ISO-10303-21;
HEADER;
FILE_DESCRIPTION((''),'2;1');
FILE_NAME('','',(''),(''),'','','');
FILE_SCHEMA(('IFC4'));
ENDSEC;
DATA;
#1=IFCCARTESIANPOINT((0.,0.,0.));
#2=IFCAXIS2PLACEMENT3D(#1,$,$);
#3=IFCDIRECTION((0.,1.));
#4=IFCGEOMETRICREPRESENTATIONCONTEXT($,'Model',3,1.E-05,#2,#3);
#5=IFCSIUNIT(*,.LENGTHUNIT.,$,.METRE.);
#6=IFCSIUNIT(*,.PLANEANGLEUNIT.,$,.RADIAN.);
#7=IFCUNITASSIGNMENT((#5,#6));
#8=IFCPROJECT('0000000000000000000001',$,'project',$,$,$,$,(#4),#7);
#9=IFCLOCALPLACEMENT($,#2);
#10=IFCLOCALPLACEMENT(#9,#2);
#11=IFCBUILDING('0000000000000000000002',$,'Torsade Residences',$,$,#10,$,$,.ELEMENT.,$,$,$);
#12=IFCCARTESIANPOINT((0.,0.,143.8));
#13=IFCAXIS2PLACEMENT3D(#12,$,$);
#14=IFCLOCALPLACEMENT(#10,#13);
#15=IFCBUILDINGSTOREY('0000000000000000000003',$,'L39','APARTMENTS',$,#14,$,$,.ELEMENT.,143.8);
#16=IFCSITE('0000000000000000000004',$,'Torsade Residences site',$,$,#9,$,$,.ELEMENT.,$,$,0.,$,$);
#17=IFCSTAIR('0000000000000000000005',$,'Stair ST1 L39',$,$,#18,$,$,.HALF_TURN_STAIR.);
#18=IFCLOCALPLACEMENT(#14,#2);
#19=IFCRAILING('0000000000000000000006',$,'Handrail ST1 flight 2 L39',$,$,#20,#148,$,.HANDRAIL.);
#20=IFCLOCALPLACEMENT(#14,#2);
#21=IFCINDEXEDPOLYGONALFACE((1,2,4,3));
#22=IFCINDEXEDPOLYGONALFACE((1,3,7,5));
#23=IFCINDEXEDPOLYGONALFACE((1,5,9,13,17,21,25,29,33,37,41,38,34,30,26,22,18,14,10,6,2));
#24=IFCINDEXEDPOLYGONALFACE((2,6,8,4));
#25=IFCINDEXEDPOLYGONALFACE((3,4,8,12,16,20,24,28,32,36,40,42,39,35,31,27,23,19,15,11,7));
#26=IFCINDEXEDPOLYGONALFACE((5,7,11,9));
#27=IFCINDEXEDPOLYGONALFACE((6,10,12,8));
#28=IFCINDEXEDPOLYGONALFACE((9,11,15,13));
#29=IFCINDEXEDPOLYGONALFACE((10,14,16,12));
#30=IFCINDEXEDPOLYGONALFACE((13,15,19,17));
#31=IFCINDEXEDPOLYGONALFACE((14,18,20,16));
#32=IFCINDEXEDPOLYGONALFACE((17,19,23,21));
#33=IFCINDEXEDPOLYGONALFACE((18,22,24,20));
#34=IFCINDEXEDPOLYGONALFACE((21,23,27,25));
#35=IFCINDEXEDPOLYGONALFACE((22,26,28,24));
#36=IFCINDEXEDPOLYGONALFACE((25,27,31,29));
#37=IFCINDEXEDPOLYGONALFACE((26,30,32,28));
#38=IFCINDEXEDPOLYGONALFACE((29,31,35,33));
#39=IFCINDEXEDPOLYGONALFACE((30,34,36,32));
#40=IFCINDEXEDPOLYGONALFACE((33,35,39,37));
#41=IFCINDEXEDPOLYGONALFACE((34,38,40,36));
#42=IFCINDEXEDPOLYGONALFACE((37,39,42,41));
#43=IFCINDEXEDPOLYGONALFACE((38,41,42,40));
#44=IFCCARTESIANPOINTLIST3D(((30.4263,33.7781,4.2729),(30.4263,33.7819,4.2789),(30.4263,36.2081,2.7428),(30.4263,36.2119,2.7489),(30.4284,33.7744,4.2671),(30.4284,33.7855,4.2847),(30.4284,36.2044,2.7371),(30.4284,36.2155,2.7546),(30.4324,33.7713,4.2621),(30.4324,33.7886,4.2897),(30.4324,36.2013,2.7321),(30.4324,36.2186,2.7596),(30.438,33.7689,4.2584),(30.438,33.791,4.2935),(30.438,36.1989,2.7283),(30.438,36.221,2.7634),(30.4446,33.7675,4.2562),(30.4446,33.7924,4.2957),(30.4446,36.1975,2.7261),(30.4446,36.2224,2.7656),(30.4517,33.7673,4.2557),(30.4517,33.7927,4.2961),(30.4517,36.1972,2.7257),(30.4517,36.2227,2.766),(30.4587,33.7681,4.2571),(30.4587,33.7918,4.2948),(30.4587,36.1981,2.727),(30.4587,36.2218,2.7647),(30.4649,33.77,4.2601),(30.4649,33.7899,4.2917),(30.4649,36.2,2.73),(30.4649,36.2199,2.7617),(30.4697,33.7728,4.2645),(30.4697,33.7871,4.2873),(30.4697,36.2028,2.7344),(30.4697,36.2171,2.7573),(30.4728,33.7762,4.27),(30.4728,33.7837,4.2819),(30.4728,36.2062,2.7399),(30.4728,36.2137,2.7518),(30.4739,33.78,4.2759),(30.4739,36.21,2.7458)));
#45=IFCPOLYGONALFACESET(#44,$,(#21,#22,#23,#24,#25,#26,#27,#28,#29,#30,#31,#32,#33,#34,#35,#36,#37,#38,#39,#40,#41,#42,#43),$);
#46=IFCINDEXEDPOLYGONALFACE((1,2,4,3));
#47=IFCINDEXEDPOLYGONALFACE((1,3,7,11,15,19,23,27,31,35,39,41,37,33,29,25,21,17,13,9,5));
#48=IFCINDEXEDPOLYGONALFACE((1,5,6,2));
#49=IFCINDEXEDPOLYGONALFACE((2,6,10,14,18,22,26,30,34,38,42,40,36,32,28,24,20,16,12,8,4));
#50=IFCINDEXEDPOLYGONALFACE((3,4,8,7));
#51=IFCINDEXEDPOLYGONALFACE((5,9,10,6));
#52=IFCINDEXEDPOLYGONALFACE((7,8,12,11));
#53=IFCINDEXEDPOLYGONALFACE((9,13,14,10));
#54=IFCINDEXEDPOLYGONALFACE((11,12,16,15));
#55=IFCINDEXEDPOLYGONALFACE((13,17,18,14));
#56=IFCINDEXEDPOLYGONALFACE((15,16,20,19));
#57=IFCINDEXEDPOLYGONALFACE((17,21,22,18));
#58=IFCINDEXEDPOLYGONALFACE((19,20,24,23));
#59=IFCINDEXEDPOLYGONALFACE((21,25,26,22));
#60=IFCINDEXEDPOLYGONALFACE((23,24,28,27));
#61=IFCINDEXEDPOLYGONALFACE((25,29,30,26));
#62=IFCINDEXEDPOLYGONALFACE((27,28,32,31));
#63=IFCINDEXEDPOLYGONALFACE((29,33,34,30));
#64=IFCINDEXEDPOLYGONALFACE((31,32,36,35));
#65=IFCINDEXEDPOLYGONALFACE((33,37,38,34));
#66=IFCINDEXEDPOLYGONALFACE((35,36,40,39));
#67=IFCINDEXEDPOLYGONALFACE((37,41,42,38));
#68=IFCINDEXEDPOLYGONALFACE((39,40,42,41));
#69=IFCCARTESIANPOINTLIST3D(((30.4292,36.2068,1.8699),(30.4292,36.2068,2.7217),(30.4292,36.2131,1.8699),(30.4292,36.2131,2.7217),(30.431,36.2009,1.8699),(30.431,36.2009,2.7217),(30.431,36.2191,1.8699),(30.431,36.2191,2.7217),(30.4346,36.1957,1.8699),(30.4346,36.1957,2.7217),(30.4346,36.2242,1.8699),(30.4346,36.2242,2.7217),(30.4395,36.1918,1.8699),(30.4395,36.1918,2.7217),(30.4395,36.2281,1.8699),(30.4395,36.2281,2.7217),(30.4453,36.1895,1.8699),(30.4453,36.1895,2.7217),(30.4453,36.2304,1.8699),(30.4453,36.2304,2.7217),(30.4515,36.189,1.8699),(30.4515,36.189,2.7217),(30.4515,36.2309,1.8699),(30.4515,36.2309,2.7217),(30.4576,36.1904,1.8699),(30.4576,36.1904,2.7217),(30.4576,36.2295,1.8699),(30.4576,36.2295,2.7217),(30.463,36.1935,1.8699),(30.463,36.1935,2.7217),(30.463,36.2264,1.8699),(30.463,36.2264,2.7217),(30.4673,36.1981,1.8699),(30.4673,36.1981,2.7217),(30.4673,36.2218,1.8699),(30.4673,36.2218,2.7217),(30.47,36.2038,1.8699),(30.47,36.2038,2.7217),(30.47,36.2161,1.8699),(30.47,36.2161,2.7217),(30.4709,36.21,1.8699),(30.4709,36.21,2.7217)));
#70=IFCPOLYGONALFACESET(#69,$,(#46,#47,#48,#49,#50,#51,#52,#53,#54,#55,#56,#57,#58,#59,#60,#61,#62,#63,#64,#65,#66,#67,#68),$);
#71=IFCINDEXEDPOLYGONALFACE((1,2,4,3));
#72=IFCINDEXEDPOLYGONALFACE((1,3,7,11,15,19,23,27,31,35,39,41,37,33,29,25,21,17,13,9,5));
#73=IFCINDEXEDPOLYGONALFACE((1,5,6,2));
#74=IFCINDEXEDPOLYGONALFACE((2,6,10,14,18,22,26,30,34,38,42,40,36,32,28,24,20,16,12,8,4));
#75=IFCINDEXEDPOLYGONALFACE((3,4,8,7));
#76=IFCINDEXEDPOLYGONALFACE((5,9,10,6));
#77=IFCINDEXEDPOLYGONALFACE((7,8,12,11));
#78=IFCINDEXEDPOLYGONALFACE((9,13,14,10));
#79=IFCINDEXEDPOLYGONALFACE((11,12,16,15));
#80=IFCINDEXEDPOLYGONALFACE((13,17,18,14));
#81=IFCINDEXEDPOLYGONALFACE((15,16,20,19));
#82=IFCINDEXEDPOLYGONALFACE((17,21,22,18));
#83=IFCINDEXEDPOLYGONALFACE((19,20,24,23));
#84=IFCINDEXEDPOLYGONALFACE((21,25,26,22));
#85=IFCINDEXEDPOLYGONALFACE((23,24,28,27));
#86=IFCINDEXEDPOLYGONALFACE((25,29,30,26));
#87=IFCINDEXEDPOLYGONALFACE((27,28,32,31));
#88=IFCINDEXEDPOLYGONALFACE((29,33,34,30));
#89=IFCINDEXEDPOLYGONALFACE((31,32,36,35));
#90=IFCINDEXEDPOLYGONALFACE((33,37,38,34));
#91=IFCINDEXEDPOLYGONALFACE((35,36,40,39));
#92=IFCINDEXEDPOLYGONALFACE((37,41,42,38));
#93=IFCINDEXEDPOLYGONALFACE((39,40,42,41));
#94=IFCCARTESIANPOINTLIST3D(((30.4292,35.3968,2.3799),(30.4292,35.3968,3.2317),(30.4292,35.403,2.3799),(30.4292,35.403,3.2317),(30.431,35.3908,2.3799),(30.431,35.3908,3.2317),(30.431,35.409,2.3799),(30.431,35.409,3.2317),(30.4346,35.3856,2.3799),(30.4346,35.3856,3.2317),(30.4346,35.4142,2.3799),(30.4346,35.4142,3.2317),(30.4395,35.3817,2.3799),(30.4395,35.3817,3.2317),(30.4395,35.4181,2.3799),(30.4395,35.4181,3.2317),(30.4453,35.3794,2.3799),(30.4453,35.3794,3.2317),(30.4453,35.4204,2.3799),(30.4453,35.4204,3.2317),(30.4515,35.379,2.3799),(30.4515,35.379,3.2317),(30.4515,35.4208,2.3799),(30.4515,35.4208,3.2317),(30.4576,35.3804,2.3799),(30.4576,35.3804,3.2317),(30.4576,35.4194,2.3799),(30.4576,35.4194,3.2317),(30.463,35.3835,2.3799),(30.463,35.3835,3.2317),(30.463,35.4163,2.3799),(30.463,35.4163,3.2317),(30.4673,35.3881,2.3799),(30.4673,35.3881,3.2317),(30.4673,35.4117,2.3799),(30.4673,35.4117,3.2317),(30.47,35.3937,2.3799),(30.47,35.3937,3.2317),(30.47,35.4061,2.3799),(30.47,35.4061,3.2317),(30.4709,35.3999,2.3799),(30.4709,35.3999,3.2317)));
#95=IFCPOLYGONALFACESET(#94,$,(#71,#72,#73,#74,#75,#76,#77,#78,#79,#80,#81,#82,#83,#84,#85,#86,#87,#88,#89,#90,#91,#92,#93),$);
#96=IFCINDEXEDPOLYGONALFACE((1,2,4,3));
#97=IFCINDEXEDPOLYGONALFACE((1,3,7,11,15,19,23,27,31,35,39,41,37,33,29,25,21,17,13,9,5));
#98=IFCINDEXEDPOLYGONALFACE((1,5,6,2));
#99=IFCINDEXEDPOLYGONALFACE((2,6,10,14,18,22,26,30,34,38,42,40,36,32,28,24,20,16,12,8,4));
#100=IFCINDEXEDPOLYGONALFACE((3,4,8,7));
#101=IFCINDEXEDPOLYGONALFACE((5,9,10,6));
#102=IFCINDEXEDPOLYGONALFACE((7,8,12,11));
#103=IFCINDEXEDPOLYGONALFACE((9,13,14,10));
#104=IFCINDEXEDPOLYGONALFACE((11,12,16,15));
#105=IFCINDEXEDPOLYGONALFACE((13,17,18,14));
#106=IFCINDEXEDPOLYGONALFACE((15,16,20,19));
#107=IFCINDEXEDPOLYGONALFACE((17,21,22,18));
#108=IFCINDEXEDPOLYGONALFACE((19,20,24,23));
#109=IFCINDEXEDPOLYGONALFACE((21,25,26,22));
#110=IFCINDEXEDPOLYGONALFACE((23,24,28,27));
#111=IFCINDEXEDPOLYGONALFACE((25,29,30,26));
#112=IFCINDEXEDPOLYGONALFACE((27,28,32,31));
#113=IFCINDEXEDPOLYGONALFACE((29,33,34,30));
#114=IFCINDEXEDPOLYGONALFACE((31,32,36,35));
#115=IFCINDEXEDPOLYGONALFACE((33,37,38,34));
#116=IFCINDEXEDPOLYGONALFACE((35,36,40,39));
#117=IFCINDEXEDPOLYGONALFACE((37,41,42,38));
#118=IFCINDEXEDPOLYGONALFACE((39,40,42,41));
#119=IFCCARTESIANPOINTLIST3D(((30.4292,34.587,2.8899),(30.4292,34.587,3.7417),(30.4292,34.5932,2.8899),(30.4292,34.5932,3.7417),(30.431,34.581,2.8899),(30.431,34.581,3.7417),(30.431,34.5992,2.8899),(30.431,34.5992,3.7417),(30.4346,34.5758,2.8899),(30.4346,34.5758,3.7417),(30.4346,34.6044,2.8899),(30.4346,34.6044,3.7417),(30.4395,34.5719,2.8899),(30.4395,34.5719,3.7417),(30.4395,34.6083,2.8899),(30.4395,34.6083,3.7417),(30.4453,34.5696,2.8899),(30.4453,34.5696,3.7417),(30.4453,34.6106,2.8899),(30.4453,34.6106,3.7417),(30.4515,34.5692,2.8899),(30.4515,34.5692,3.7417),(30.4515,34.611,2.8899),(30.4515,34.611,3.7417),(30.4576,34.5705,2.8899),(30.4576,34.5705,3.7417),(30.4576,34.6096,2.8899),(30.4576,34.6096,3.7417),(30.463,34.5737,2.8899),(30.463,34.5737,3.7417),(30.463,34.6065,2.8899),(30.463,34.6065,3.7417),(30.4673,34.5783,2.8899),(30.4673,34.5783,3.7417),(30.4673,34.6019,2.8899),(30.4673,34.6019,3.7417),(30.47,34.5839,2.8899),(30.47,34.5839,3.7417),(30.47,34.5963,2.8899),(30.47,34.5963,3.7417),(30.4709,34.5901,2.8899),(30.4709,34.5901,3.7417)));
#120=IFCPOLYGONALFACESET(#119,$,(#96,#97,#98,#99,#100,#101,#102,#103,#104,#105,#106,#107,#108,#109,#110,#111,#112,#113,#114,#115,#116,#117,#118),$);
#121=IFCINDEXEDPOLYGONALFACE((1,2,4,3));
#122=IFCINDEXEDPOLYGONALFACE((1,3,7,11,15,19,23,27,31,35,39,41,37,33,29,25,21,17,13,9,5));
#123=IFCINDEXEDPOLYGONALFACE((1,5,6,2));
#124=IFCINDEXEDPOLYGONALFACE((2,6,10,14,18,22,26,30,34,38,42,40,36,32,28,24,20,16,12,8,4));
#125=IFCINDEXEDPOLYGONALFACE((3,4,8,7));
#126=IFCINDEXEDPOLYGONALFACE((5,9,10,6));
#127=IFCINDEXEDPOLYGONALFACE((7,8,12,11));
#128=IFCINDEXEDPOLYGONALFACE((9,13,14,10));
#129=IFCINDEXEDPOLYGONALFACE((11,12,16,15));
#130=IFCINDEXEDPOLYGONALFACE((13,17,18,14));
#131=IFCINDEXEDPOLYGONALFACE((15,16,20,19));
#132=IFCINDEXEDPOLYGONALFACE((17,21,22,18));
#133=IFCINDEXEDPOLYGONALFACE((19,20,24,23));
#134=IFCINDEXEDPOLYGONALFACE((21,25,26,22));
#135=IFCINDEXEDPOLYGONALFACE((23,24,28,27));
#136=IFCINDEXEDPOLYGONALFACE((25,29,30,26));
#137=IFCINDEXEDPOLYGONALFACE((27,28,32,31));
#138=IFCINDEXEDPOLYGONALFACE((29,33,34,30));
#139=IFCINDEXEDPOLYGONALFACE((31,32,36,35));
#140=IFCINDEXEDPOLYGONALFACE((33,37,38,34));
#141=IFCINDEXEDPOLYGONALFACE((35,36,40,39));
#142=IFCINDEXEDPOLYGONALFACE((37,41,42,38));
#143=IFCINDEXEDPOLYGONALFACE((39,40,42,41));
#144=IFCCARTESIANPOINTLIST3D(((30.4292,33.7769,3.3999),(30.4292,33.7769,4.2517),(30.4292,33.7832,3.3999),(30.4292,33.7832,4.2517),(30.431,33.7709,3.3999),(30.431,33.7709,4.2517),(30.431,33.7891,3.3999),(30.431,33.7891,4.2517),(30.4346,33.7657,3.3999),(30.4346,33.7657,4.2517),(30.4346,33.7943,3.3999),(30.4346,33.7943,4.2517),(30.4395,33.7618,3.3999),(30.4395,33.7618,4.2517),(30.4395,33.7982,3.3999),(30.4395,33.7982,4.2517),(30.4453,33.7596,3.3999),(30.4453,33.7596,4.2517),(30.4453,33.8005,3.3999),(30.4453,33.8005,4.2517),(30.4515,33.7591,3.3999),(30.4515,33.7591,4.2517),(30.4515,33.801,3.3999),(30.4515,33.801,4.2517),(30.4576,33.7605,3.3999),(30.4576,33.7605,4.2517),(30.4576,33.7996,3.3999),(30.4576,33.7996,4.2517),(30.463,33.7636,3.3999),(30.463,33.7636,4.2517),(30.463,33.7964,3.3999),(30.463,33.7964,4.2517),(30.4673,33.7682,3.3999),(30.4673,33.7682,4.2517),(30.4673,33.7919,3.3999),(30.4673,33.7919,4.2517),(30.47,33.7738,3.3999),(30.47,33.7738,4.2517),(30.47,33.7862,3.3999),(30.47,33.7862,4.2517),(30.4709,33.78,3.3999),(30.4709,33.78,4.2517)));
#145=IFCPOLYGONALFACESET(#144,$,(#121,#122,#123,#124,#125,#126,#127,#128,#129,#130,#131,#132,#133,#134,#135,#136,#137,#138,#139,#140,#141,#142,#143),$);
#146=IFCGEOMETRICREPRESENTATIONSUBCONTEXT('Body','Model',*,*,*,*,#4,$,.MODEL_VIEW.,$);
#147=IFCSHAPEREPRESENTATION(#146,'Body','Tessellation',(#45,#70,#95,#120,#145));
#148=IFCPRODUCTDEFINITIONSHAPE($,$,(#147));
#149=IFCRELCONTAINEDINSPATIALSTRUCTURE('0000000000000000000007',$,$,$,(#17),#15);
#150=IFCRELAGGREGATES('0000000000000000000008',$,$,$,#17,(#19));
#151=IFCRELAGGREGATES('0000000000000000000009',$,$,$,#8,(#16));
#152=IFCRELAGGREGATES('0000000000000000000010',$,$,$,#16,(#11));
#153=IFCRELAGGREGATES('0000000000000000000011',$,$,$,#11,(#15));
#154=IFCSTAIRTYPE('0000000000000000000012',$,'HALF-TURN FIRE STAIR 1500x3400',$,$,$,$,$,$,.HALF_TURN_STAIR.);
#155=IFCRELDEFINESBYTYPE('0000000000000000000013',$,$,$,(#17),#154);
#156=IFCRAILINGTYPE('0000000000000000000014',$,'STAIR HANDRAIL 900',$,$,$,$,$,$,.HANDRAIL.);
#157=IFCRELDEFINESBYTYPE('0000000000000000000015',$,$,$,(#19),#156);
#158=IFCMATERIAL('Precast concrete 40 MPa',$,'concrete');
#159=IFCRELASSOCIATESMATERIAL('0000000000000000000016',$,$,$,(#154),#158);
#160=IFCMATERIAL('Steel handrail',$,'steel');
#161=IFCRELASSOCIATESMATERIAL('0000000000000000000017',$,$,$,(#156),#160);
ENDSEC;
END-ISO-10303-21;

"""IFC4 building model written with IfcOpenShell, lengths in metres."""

from ifc_helpers import new_model, si_unit, direction, frame, origin, origin_2d, place, context, subcontext, project, spatial, circle, extrude, material, type_object, element, aggregate, save


model = new_model("IFC4")

# Units and contexts
model_context = context("Model", 3, precision=1e-05, world=origin(), true_north=direction((0.0, 1.0)))
body_context = subcontext(model_context, "Body", "Model", "MODEL_VIEW")
ifc_project = project(units=[si_unit("LENGTHUNIT", "METRE"), si_unit("PLANEANGLEUNIT", "RADIAN")], contexts=[model_context])

# Site, building, storey
site_placement = place(None, origin())
site = spatial("IfcSite", under=ifc_project, at=site_placement, Name="Torsade Residences site", CompositionType="ELEMENT", RefElevation=0.0)
building_placement = place(site_placement, origin())
building = spatial("IfcBuilding", under=site, at=building_placement, Name="Torsade Residences", CompositionType="ELEMENT")
storey_placement = place(building_placement, frame((0.0, 0.0, 143.8)))
storey = spatial("IfcBuildingStorey", under=building, at=storey_placement, Name="L39", Description="APARTMENTS", CompositionType="ELEMENT", Elevation=143.8)

# Stair, railing
ifc_material_1 = material(Name="Precast concrete 40 MPa", Category="concrete")
stair_type = type_object("IfcStairType", Name="HALF-TURN FIRE STAIR 1500x3400", PredefinedType="HALF_TURN_STAIR", material=ifc_material_1)
stair_placement = place(storey_placement, origin())
stair = element("IfcStair", 1, at=stair_placement, inside=storey, type_object=stair_type, Name="Stair ST1 L39", PredefinedType="HALF_TURN_STAIR")
ifc_material_2 = material(Name="Steel handrail", Category="steel")
railing_type = type_object("IfcRailingType", Name="STAIR HANDRAIL 900", PredefinedType="HANDRAIL", material=ifc_material_2)
railing_1_placement = place(storey_placement, frame((30.45, 36.21, 1.8699)))
railing_1 = element("IfcRailing", 2, at=railing_1_placement, type_object=railing_type, Name="Handrail ST1 flight 2 L39", PredefinedType="HANDRAIL", context=body_context, shape_type="SweptSolid", body=[
    extrude(circle(Radius=0.0239, at=origin_2d()), frame((0.0, 0.0, 0.876), z_axis=(0.0, -0.846221, 0.532831), x_axis=(1.0, 0.0, 0.0)), (0.0, 0.0, 1.0), 2.8716),
    extrude(circle(Radius=0.021, at=origin_2d()), origin(), (0.0, 0.0, 1.0), 0.8518),
    extrude(circle(Radius=0.021, at=origin_2d()), frame((0.0, -0.8101, 0.51)), (0.0, 0.0, 1.0), 0.8518),
    extrude(circle(Radius=0.021, at=origin_2d()), frame((0.0, -1.6199, 1.02)), (0.0, 0.0, 1.0), 0.8518),
    extrude(circle(Radius=0.021, at=origin_2d()), frame((0.0, -2.4299, 1.53)), (0.0, 0.0, 1.0), 0.8518),
])
aggregate(stair, [railing_1])

save(model, "model.ifc")
